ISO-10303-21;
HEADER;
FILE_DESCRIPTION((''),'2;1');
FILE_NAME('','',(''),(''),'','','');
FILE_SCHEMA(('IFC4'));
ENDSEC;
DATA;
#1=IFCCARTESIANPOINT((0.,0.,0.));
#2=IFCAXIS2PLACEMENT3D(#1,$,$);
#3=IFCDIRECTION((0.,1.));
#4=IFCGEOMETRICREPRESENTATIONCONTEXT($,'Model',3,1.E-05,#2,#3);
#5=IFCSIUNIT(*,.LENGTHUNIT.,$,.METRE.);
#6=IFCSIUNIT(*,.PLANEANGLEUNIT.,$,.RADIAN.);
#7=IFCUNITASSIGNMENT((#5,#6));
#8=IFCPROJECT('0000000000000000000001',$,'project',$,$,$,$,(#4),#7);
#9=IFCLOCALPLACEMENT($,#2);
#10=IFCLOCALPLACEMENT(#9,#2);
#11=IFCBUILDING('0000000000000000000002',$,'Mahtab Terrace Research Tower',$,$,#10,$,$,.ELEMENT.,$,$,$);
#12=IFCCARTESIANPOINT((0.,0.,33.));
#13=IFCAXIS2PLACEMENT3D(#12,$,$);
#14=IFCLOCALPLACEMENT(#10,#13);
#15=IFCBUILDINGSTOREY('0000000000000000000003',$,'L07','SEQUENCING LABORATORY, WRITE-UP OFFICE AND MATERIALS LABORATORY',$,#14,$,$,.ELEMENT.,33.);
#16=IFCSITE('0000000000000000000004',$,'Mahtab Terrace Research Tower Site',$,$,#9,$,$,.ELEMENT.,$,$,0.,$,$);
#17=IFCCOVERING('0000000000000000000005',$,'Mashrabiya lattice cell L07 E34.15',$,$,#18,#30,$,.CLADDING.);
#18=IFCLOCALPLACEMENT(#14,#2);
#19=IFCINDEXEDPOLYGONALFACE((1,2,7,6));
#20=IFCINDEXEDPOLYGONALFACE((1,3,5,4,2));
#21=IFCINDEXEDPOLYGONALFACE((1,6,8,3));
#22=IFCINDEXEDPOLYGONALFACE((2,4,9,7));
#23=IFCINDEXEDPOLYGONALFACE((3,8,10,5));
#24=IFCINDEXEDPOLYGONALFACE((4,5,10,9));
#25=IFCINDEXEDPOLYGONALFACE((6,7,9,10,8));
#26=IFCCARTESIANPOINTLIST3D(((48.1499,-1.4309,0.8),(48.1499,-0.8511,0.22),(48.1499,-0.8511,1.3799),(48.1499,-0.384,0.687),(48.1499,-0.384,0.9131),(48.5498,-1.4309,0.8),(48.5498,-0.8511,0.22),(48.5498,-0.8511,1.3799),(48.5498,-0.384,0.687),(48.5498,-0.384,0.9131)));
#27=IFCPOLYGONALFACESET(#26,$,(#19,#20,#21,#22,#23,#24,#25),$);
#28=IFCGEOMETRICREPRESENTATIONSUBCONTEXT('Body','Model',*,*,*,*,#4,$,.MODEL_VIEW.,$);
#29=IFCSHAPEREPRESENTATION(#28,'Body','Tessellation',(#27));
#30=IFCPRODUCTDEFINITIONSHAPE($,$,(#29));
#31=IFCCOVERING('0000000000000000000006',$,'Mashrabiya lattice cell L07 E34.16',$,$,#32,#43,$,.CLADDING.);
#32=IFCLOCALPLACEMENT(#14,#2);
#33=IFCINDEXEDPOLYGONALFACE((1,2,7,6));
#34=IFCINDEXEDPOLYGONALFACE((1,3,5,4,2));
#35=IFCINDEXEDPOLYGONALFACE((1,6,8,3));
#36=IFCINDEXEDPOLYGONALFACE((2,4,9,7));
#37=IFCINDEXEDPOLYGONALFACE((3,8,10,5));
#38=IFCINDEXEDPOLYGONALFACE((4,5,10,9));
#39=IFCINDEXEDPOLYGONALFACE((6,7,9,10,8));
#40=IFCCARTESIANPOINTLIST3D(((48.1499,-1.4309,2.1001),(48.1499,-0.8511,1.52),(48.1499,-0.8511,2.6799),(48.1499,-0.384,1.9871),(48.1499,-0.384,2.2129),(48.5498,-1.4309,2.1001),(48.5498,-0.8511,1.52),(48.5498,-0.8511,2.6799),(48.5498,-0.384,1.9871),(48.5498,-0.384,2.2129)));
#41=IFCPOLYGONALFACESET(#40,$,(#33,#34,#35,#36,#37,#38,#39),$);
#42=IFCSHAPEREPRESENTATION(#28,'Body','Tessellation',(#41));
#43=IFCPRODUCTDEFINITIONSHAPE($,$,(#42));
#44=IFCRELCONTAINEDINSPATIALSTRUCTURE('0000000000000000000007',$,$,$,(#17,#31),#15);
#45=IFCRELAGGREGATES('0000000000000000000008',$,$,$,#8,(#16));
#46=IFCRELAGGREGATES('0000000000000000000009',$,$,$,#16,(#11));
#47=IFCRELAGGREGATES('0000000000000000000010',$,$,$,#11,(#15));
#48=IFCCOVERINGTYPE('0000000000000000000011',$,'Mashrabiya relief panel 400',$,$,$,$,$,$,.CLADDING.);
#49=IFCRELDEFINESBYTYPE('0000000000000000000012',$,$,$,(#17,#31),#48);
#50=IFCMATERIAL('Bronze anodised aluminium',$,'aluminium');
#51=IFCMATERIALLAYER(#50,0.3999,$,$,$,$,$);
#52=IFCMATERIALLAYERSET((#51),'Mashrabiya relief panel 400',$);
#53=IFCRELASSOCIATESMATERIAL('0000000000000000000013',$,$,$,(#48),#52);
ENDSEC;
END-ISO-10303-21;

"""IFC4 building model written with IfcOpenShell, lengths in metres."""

from ifc_helpers import new_model, si_unit, direction, frame, origin, place, context, subcontext, project, spatial, polyline, outline, extrude, material, layer, layer_set, type_object, element, save


model = new_model("IFC4")

# Units and contexts
model_context = context("Model", 3, precision=1e-05, world=origin(), true_north=direction((0.0, 1.0)))
body_context = subcontext(model_context, "Body", "Model", "MODEL_VIEW")
ifc_project = project(units=[si_unit("LENGTHUNIT", "METRE"), si_unit("PLANEANGLEUNIT", "RADIAN")], contexts=[model_context])

# Site, building, storey
site_placement = place(None, origin())
site = spatial("IfcSite", under=ifc_project, at=site_placement, Name="Mahtab Terrace Research Tower Site", CompositionType="ELEMENT", RefElevation=0.0)
building_placement = place(site_placement, origin())
building = spatial("IfcBuilding", under=site, at=building_placement, Name="Mahtab Terrace Research Tower", CompositionType="ELEMENT")
storey_placement = place(building_placement, frame((0.0, 0.0, 33.0)))
storey = spatial("IfcBuildingStorey", under=building, at=storey_placement, Name="L07", Description="SEQUENCING LABORATORY, WRITE-UP OFFICE AND MATERIALS LABORATORY", CompositionType="ELEMENT", Elevation=33.0)

# Coverings
ifc_material = material(Name="Bronze anodised aluminium", Category="aluminium")
ifc_layer = layer(ifc_material, 0.3999)
ifc_layer_set = layer_set([ifc_layer], Name="Mashrabiya relief panel 400")
covering_type = type_object("IfcCoveringType", Name="Mashrabiya relief panel 400", PredefinedType="CLADDING", material=ifc_layer_set)
covering_1_placement = place(storey_placement, frame((48.1499, -0.8511, 0.22), z_axis=(-1.0, 0.0, 0.0), x_axis=(0.0, -0.706958, 0.707256)))
element("IfcCovering", 1, at=covering_1_placement, inside=storey, type_object=covering_type, Name="Mashrabiya lattice cell L07 E34.15", PredefinedType="CLADDING", context=body_context, shape_type="SweptSolid", body=[
    extrude(outline(polyline([(0.0, 0.0), (0.8202, 0.0), (0.8204, 0.82), (0.16, 0.8203), (0.0001, 0.6605), (0.0, 0.0)])), origin(), (0.0, 0.0, -1.0), 0.3999),
])
covering_2_placement = place(storey_placement, frame((48.1499, -0.8511, 1.52), z_axis=(-1.0, 0.0, 0.0), x_axis=(0.0, -0.706958, 0.707256)))
element("IfcCovering", 2, at=covering_2_placement, inside=storey, type_object=covering_type, Name="Mashrabiya lattice cell L07 E34.16", PredefinedType="CLADDING", context=body_context, shape_type="SweptSolid", body=[
    extrude(outline(polyline([(0.0, 0.0), (0.8202, 0.0), (0.8204, 0.82), (0.1599, 0.8201), (0.0001, 0.6605), (0.0, 0.0)])), origin(), (0.0, 0.0, -1.0), 0.3999),
])

save(model, "model.ifc")
